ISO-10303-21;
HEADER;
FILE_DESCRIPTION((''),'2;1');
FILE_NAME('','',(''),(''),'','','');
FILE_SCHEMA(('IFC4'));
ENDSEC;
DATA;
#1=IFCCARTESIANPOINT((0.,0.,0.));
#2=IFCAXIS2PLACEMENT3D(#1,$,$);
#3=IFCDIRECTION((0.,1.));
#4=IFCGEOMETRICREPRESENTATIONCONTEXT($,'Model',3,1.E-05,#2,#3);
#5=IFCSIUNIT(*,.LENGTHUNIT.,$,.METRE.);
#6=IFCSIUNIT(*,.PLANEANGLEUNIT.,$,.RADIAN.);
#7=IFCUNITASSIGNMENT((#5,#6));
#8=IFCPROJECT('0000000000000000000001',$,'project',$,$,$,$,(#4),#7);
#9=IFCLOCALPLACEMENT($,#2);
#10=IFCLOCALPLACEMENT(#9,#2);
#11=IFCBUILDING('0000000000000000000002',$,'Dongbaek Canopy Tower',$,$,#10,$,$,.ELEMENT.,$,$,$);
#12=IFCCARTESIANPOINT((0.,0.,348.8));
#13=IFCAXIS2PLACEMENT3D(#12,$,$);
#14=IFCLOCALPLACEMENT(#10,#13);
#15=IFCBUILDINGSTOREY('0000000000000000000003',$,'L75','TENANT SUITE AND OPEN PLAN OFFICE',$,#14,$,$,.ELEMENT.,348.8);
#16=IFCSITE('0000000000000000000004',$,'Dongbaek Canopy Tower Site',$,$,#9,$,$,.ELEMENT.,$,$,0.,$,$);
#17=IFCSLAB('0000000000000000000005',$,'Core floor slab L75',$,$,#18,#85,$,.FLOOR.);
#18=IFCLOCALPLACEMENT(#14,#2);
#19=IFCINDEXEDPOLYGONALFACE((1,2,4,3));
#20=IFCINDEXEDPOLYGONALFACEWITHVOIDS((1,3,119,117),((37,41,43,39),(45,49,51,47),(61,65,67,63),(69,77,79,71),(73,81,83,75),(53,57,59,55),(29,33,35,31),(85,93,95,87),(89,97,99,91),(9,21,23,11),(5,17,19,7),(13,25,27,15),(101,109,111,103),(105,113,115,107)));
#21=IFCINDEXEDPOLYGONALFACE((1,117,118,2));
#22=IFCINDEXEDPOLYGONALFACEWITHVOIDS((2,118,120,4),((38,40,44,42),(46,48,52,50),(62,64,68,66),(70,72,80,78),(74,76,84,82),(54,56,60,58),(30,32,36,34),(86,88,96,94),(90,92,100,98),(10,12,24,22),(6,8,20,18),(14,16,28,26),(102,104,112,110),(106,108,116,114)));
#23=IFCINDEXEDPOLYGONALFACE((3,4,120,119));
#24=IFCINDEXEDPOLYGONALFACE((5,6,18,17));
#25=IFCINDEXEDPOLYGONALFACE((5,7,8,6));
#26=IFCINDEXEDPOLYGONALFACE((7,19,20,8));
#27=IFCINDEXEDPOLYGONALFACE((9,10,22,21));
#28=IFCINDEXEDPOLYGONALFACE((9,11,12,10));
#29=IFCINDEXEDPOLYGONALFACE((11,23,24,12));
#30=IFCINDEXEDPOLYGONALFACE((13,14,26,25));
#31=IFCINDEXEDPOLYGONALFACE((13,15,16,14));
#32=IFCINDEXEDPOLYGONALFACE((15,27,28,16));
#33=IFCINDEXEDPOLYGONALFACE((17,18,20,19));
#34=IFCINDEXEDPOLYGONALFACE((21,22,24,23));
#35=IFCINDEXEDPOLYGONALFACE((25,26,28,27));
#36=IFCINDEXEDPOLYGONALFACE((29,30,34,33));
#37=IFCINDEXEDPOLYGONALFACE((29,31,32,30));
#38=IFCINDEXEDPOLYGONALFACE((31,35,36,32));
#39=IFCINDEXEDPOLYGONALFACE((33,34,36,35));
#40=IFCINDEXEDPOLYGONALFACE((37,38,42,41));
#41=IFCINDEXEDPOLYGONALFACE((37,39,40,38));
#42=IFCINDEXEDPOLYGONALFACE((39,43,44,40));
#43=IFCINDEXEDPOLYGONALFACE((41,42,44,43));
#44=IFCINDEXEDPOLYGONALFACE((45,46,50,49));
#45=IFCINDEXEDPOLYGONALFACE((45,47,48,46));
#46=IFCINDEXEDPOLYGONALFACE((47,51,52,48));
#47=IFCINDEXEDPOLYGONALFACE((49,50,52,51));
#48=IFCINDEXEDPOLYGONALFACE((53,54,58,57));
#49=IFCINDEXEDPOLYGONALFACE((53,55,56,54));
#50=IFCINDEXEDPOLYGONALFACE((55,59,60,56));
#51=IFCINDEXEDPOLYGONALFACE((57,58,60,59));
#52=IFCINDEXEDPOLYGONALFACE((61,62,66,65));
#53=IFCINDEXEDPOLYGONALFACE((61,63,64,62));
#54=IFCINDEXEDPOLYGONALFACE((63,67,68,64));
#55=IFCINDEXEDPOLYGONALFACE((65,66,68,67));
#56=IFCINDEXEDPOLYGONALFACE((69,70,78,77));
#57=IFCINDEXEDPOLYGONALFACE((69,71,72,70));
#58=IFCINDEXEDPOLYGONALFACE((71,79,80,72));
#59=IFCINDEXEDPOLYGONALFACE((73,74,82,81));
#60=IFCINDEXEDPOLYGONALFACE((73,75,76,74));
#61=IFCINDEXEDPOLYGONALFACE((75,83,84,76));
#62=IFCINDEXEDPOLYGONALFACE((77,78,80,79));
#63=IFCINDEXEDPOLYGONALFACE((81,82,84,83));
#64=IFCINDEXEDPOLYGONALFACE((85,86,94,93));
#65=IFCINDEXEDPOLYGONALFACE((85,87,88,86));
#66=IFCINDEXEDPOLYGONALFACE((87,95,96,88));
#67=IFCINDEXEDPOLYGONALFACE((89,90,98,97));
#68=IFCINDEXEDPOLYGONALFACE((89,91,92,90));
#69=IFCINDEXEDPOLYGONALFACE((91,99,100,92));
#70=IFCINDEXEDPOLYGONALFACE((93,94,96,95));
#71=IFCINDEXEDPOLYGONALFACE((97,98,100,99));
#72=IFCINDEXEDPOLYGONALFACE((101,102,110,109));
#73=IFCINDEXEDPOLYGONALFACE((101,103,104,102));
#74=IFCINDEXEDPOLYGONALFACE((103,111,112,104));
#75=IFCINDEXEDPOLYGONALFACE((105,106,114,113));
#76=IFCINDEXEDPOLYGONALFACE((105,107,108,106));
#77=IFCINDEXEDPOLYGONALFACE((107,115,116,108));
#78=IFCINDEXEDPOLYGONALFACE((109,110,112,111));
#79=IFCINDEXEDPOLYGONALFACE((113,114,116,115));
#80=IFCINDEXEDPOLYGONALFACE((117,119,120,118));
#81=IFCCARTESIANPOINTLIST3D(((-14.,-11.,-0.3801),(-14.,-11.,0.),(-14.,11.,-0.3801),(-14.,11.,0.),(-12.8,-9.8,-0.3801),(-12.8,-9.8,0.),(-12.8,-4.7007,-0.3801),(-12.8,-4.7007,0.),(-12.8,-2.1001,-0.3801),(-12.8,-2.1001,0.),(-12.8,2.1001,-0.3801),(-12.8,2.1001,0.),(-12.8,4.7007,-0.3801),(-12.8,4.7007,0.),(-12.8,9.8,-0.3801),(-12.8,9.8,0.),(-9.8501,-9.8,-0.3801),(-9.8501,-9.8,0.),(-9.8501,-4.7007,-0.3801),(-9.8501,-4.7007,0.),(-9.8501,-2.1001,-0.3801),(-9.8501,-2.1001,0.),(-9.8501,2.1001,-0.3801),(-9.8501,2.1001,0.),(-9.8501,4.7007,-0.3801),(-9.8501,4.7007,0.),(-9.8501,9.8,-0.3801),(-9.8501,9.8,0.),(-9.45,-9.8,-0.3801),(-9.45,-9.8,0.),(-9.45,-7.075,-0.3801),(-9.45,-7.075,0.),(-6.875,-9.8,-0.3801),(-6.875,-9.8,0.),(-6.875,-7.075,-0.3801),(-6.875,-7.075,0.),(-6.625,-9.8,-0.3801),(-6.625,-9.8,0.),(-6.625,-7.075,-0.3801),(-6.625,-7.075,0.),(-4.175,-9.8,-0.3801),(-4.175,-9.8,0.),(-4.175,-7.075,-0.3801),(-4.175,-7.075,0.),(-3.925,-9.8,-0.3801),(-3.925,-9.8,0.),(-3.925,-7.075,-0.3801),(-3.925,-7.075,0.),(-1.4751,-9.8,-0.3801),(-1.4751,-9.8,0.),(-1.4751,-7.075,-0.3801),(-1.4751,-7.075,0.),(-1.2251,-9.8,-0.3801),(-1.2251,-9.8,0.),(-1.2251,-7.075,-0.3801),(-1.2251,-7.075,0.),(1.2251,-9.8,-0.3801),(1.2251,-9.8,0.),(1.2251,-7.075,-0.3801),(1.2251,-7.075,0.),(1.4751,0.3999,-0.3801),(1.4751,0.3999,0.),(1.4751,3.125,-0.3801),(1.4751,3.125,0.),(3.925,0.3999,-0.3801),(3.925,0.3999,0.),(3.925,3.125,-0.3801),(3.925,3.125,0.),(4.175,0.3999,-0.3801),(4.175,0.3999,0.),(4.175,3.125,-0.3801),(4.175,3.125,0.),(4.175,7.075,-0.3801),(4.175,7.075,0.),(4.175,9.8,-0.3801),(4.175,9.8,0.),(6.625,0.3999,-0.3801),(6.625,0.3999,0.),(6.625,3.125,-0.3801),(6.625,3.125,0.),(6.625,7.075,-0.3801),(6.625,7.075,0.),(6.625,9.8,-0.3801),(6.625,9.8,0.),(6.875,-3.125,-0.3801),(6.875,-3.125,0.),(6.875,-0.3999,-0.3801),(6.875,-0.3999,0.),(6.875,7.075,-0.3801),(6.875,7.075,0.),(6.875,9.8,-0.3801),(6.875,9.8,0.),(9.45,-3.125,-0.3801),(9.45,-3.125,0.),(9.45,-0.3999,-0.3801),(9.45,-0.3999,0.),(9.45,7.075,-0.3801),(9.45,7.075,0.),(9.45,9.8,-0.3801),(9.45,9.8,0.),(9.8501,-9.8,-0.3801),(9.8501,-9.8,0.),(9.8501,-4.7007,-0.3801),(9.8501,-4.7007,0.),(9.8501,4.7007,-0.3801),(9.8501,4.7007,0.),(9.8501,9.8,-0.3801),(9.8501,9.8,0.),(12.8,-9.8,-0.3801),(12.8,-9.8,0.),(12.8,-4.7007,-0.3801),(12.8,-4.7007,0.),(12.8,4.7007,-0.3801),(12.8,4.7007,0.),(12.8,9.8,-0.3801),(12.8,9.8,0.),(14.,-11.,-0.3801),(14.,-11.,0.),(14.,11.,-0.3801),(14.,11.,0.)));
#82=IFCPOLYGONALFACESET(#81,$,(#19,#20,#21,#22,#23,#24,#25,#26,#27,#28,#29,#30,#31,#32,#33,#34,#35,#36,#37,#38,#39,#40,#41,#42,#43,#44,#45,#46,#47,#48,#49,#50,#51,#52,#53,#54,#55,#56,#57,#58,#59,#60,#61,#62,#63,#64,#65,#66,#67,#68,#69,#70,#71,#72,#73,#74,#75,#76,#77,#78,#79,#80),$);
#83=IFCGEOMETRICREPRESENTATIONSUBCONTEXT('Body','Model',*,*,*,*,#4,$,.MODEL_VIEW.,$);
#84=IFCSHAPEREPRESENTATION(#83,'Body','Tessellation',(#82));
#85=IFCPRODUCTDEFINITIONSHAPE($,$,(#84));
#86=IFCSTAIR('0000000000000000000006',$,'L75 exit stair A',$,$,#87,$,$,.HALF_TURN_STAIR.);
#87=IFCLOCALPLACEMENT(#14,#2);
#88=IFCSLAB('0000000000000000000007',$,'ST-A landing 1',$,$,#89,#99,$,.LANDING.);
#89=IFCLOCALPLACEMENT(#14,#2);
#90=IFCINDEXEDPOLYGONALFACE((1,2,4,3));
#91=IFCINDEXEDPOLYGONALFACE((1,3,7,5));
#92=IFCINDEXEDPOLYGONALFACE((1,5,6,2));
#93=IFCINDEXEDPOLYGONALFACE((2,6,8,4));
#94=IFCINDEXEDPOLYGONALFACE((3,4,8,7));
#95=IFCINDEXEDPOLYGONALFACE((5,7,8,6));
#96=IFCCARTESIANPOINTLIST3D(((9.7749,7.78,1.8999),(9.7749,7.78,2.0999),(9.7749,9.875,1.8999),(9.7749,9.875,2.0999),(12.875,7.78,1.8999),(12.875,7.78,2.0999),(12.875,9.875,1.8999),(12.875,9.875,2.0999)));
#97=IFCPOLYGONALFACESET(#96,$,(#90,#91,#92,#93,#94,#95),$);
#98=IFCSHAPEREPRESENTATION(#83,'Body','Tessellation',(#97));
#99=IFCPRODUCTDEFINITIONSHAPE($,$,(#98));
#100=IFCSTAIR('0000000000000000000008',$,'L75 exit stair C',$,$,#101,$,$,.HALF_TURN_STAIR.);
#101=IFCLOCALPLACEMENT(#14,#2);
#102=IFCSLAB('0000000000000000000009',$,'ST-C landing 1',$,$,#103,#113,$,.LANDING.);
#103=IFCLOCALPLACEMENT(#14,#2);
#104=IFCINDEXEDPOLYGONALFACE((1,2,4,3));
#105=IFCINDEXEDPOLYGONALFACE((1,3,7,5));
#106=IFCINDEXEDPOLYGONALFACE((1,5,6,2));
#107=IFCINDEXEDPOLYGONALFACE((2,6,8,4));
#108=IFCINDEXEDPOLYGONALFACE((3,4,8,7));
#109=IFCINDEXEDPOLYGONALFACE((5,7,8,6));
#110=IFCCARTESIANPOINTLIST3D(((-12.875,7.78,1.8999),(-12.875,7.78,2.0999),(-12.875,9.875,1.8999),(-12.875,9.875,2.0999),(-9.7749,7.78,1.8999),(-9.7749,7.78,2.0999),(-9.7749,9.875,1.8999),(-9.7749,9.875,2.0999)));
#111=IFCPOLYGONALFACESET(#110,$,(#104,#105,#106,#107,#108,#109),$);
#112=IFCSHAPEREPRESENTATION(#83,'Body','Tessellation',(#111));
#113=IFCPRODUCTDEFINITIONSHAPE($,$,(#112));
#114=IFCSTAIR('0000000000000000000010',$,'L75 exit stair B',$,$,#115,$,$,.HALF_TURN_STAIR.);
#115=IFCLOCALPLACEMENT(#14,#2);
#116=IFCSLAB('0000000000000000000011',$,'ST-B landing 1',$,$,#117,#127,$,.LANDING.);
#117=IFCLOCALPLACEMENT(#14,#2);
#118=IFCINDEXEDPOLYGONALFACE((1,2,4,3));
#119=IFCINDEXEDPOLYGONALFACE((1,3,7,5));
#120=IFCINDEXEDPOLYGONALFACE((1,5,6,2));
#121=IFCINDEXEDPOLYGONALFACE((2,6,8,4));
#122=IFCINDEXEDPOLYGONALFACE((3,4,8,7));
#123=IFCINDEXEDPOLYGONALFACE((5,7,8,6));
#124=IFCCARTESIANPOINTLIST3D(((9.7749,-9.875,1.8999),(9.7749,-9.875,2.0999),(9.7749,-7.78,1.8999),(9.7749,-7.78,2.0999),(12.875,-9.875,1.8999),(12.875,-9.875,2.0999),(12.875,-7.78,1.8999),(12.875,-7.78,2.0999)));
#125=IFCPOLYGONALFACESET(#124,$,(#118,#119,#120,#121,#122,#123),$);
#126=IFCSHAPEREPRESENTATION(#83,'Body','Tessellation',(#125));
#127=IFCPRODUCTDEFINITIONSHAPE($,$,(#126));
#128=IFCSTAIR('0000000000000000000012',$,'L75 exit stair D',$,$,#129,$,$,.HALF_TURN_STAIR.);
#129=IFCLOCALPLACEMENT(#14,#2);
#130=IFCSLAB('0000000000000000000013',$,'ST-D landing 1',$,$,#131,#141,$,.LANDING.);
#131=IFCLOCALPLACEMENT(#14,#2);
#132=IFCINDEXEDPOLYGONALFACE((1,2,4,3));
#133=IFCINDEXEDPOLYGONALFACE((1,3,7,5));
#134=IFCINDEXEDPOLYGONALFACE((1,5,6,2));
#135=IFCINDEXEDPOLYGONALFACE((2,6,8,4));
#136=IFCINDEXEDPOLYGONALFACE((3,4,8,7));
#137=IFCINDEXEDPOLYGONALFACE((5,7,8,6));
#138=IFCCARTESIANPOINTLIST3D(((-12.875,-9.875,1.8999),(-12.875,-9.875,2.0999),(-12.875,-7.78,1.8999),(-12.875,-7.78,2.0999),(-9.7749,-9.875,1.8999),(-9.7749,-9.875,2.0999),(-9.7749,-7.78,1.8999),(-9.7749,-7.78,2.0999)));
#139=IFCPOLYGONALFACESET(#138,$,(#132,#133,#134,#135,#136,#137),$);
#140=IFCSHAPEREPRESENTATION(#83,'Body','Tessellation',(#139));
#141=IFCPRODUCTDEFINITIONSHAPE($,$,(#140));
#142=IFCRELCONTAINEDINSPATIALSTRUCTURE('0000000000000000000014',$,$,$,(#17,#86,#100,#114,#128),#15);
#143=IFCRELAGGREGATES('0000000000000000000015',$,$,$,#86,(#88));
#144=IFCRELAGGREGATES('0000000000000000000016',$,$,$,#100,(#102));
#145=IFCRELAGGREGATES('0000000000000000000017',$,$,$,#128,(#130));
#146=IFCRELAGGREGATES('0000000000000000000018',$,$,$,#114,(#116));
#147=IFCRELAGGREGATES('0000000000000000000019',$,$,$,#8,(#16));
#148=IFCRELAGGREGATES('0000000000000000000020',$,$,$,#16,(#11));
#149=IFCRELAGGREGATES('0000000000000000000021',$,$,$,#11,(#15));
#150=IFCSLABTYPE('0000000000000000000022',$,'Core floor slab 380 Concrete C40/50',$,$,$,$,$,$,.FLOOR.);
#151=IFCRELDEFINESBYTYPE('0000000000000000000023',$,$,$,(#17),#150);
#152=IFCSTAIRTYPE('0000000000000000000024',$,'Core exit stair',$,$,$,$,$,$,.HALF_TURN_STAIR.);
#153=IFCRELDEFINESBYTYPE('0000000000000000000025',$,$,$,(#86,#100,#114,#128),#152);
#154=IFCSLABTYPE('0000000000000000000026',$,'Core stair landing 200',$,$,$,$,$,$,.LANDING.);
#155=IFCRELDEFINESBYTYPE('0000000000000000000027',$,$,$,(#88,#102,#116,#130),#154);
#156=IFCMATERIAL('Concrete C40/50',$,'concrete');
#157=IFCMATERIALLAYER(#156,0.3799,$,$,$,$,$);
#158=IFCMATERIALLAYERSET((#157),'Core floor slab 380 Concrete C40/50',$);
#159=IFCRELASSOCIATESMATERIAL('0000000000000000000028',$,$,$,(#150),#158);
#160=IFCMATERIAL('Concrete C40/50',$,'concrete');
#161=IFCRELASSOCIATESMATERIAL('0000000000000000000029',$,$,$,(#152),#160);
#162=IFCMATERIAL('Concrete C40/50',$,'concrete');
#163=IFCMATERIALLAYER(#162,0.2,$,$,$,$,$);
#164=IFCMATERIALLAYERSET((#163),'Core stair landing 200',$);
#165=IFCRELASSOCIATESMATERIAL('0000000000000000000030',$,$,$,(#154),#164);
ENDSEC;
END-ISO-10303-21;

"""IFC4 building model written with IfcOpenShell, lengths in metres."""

from ifc_helpers import new_model, si_unit, direction, frame, origin, place, context, subcontext, project, spatial, polyline, outline, extrude, material, layer, layer_set, type_object, element, aggregate, save


model = new_model("IFC4")

# Units and contexts
model_context = context("Model", 3, precision=1e-05, world=origin(), true_north=direction((0.0, 1.0)))
body_context = subcontext(model_context, "Body", "Model", "MODEL_VIEW")
ifc_project = project(units=[si_unit("LENGTHUNIT", "METRE"), si_unit("PLANEANGLEUNIT", "RADIAN")], contexts=[model_context])

# Site, building, storey
site_placement = place(None, origin())
site = spatial("IfcSite", under=ifc_project, at=site_placement, Name="Dongbaek Canopy Tower Site", CompositionType="ELEMENT", RefElevation=0.0)
building_placement = place(site_placement, origin())
building = spatial("IfcBuilding", under=site, at=building_placement, Name="Dongbaek Canopy Tower", CompositionType="ELEMENT")
storey_placement = place(building_placement, frame((0.0, 0.0, 348.8)))
storey = spatial("IfcBuildingStorey", under=building, at=storey_placement, Name="L75", Description="TENANT SUITE AND OPEN PLAN OFFICE", CompositionType="ELEMENT", Elevation=348.8)

# Slab
ifc_material_1 = material(Name="Concrete C40/50", Category="concrete")
ifc_layer_1 = layer(ifc_material_1, 0.3799)
ifc_layer_set_1 = layer_set([ifc_layer_1], Name="Core floor slab 380 Concrete C40/50")
slab_type_1 = type_object("IfcSlabType", Name="Core floor slab 380 Concrete C40/50", PredefinedType="FLOOR", material=ifc_layer_set_1)
slab_1_placement = place(storey_placement, frame((0.0, 0.0, -0.3801)))
element("IfcSlab", 1, at=slab_1_placement, inside=storey, type_object=slab_type_1, Name="Core floor slab L75", PredefinedType="FLOOR", context=body_context, shape_type="SweptSolid", body=[
    extrude(outline(polyline([(14.0, -11.0), (14.0, 11.0), (-14.0, 11.0), (-14.0, -11.0), (14.0, -11.0)]), holes=[polyline([(-12.8, 2.1001), (-9.8501, 2.1001), (-9.8501, -2.1001), (-12.8, -2.1001), (-12.8, 2.1001)]), polyline([(6.625, 9.8), (6.625, 7.075), (4.175, 7.075), (4.175, 9.8), (6.625, 9.8)]), polyline([(9.45, 7.075), (6.875, 7.075), (6.875, 9.8), (9.45, 9.8), (9.45, 7.075)]), polyline([(1.4751, 3.125), (3.925, 3.125), (3.925, 0.3999), (1.4751, 0.3999), (1.4751, 3.125)]), polyline([(4.175, 0.3999), (4.175, 3.125), (6.625, 3.125), (6.625, 0.3999), (4.175, 0.3999)]), polyline([(9.45, -3.125), (6.875, -3.125), (6.875, -0.3999), (9.45, -0.3999), (9.45, -3.125)]), polyline([(-9.45, -7.075), (-6.875, -7.075), (-6.875, -9.8), (-9.45, -9.8), (-9.45, -7.075)]), polyline([(-6.625, -9.8), (-6.625, -7.075), (-4.175, -7.075), (-4.175, -9.8), (-6.625, -9.8)]), polyline([(-3.925, -9.8), (-3.925, -7.075), (-1.4751, -7.075), (-1.4751, -9.8), (-3.925, -9.8)]), polyline([(-1.2251, -9.8), (-1.2251, -7.075), (1.2251, -7.075), (1.2251, -9.8), (-1.2251, -9.8)]), polyline([(12.8, 4.7007), (12.8, 9.8), (9.8501, 9.8), (9.8501, 4.7007), (12.8, 4.7007)]), polyline([(-9.8501, 4.7007), (-9.8501, 9.8), (-12.8, 9.8), (-12.8, 4.7007), (-9.8501, 4.7007)]), polyline([(9.8501, -4.7007), (9.8501, -9.8), (12.8, -9.8), (12.8, -4.7007), (9.8501, -4.7007)]), polyline([(-12.8, -4.7007), (-12.8, -9.8), (-9.8501, -9.8), (-9.8501, -4.7007), (-12.8, -4.7007)])]), origin(), (0.0, 0.0, 1.0), 0.3801),
])

# Stairs, slabs
ifc_material_2 = material(Name="Concrete C40/50", Category="concrete")
stair_type = type_object("IfcStairType", Name="Core exit stair", PredefinedType="HALF_TURN_STAIR", material=ifc_material_2)
stair_1_placement = place(storey_placement, origin())
stair_1 = element("IfcStair", 2, at=stair_1_placement, inside=storey, type_object=stair_type, Name="L75 exit stair A", PredefinedType="HALF_TURN_STAIR")
ifc_material_3 = material(Name="Concrete C40/50", Category="concrete")
ifc_layer_2 = layer(ifc_material_3, 0.2)
ifc_layer_set_2 = layer_set([ifc_layer_2], Name="Core stair landing 200")
slab_type_2 = type_object("IfcSlabType", Name="Core stair landing 200", PredefinedType="LANDING", material=ifc_layer_set_2)
slab_2_placement = place(storey_placement, frame((0.0, 0.0, 1.8999)))
slab_2 = element("IfcSlab", 3, at=slab_2_placement, type_object=slab_type_2, Name="ST-A landing 1", PredefinedType="LANDING", context=body_context, shape_type="SweptSolid", body=[
    extrude(outline(polyline([(12.875, 7.78), (12.875, 9.875), (9.7749, 9.875), (9.7749, 7.78), (12.875, 7.78)])), origin(), (0.0, 0.0, 1.0), 0.2),
])
aggregate(stair_1, [slab_2])
stair_2_placement = place(storey_placement, origin())
stair_2 = element("IfcStair", 4, at=stair_2_placement, inside=storey, type_object=stair_type, Name="L75 exit stair C", PredefinedType="HALF_TURN_STAIR")
slab_3_placement = place(storey_placement, frame((0.0, 0.0, 1.8999)))
slab_3 = element("IfcSlab", 5, at=slab_3_placement, type_object=slab_type_2, Name="ST-C landing 1", PredefinedType="LANDING", context=body_context, shape_type="SweptSolid", body=[
    extrude(outline(polyline([(-9.7749, 7.78), (-9.7749, 9.875), (-12.875, 9.875), (-12.875, 7.78), (-9.7749, 7.78)])), origin(), (0.0, 0.0, 1.0), 0.2),
])
aggregate(stair_2, [slab_3])
stair_3_placement = place(storey_placement, origin())
stair_3 = element("IfcStair", 6, at=stair_3_placement, inside=storey, type_object=stair_type, Name="L75 exit stair B", PredefinedType="HALF_TURN_STAIR")
slab_4_placement = place(storey_placement, frame((0.0, 0.0, 1.8999)))
slab_4 = element("IfcSlab", 7, at=slab_4_placement, type_object=slab_type_2, Name="ST-B landing 1", PredefinedType="LANDING", context=body_context, shape_type="SweptSolid", body=[
    extrude(outline(polyline([(9.7749, -7.78), (9.7749, -9.875), (12.875, -9.875), (12.875, -7.78), (9.7749, -7.78)])), origin(), (0.0, 0.0, 1.0), 0.2),
])
stair_4_placement = place(storey_placement, origin())
stair_4 = element("IfcStair", 8, at=stair_4_placement, inside=storey, type_object=stair_type, Name="L75 exit stair D", PredefinedType="HALF_TURN_STAIR")
slab_5_placement = place(storey_placement, frame((0.0, 0.0, 1.8999)))
slab_5 = element("IfcSlab", 9, at=slab_5_placement, type_object=slab_type_2, Name="ST-D landing 1", PredefinedType="LANDING", context=body_context, shape_type="SweptSolid", body=[
    extrude(outline(polyline([(-12.875, -7.78), (-12.875, -9.875), (-9.7749, -9.875), (-9.7749, -7.78), (-12.875, -7.78)])), origin(), (0.0, 0.0, 1.0), 0.2),
])
aggregate(stair_4, [slab_5])

aggregate(stair_3, [slab_4])

save(model, "model.ifc")
